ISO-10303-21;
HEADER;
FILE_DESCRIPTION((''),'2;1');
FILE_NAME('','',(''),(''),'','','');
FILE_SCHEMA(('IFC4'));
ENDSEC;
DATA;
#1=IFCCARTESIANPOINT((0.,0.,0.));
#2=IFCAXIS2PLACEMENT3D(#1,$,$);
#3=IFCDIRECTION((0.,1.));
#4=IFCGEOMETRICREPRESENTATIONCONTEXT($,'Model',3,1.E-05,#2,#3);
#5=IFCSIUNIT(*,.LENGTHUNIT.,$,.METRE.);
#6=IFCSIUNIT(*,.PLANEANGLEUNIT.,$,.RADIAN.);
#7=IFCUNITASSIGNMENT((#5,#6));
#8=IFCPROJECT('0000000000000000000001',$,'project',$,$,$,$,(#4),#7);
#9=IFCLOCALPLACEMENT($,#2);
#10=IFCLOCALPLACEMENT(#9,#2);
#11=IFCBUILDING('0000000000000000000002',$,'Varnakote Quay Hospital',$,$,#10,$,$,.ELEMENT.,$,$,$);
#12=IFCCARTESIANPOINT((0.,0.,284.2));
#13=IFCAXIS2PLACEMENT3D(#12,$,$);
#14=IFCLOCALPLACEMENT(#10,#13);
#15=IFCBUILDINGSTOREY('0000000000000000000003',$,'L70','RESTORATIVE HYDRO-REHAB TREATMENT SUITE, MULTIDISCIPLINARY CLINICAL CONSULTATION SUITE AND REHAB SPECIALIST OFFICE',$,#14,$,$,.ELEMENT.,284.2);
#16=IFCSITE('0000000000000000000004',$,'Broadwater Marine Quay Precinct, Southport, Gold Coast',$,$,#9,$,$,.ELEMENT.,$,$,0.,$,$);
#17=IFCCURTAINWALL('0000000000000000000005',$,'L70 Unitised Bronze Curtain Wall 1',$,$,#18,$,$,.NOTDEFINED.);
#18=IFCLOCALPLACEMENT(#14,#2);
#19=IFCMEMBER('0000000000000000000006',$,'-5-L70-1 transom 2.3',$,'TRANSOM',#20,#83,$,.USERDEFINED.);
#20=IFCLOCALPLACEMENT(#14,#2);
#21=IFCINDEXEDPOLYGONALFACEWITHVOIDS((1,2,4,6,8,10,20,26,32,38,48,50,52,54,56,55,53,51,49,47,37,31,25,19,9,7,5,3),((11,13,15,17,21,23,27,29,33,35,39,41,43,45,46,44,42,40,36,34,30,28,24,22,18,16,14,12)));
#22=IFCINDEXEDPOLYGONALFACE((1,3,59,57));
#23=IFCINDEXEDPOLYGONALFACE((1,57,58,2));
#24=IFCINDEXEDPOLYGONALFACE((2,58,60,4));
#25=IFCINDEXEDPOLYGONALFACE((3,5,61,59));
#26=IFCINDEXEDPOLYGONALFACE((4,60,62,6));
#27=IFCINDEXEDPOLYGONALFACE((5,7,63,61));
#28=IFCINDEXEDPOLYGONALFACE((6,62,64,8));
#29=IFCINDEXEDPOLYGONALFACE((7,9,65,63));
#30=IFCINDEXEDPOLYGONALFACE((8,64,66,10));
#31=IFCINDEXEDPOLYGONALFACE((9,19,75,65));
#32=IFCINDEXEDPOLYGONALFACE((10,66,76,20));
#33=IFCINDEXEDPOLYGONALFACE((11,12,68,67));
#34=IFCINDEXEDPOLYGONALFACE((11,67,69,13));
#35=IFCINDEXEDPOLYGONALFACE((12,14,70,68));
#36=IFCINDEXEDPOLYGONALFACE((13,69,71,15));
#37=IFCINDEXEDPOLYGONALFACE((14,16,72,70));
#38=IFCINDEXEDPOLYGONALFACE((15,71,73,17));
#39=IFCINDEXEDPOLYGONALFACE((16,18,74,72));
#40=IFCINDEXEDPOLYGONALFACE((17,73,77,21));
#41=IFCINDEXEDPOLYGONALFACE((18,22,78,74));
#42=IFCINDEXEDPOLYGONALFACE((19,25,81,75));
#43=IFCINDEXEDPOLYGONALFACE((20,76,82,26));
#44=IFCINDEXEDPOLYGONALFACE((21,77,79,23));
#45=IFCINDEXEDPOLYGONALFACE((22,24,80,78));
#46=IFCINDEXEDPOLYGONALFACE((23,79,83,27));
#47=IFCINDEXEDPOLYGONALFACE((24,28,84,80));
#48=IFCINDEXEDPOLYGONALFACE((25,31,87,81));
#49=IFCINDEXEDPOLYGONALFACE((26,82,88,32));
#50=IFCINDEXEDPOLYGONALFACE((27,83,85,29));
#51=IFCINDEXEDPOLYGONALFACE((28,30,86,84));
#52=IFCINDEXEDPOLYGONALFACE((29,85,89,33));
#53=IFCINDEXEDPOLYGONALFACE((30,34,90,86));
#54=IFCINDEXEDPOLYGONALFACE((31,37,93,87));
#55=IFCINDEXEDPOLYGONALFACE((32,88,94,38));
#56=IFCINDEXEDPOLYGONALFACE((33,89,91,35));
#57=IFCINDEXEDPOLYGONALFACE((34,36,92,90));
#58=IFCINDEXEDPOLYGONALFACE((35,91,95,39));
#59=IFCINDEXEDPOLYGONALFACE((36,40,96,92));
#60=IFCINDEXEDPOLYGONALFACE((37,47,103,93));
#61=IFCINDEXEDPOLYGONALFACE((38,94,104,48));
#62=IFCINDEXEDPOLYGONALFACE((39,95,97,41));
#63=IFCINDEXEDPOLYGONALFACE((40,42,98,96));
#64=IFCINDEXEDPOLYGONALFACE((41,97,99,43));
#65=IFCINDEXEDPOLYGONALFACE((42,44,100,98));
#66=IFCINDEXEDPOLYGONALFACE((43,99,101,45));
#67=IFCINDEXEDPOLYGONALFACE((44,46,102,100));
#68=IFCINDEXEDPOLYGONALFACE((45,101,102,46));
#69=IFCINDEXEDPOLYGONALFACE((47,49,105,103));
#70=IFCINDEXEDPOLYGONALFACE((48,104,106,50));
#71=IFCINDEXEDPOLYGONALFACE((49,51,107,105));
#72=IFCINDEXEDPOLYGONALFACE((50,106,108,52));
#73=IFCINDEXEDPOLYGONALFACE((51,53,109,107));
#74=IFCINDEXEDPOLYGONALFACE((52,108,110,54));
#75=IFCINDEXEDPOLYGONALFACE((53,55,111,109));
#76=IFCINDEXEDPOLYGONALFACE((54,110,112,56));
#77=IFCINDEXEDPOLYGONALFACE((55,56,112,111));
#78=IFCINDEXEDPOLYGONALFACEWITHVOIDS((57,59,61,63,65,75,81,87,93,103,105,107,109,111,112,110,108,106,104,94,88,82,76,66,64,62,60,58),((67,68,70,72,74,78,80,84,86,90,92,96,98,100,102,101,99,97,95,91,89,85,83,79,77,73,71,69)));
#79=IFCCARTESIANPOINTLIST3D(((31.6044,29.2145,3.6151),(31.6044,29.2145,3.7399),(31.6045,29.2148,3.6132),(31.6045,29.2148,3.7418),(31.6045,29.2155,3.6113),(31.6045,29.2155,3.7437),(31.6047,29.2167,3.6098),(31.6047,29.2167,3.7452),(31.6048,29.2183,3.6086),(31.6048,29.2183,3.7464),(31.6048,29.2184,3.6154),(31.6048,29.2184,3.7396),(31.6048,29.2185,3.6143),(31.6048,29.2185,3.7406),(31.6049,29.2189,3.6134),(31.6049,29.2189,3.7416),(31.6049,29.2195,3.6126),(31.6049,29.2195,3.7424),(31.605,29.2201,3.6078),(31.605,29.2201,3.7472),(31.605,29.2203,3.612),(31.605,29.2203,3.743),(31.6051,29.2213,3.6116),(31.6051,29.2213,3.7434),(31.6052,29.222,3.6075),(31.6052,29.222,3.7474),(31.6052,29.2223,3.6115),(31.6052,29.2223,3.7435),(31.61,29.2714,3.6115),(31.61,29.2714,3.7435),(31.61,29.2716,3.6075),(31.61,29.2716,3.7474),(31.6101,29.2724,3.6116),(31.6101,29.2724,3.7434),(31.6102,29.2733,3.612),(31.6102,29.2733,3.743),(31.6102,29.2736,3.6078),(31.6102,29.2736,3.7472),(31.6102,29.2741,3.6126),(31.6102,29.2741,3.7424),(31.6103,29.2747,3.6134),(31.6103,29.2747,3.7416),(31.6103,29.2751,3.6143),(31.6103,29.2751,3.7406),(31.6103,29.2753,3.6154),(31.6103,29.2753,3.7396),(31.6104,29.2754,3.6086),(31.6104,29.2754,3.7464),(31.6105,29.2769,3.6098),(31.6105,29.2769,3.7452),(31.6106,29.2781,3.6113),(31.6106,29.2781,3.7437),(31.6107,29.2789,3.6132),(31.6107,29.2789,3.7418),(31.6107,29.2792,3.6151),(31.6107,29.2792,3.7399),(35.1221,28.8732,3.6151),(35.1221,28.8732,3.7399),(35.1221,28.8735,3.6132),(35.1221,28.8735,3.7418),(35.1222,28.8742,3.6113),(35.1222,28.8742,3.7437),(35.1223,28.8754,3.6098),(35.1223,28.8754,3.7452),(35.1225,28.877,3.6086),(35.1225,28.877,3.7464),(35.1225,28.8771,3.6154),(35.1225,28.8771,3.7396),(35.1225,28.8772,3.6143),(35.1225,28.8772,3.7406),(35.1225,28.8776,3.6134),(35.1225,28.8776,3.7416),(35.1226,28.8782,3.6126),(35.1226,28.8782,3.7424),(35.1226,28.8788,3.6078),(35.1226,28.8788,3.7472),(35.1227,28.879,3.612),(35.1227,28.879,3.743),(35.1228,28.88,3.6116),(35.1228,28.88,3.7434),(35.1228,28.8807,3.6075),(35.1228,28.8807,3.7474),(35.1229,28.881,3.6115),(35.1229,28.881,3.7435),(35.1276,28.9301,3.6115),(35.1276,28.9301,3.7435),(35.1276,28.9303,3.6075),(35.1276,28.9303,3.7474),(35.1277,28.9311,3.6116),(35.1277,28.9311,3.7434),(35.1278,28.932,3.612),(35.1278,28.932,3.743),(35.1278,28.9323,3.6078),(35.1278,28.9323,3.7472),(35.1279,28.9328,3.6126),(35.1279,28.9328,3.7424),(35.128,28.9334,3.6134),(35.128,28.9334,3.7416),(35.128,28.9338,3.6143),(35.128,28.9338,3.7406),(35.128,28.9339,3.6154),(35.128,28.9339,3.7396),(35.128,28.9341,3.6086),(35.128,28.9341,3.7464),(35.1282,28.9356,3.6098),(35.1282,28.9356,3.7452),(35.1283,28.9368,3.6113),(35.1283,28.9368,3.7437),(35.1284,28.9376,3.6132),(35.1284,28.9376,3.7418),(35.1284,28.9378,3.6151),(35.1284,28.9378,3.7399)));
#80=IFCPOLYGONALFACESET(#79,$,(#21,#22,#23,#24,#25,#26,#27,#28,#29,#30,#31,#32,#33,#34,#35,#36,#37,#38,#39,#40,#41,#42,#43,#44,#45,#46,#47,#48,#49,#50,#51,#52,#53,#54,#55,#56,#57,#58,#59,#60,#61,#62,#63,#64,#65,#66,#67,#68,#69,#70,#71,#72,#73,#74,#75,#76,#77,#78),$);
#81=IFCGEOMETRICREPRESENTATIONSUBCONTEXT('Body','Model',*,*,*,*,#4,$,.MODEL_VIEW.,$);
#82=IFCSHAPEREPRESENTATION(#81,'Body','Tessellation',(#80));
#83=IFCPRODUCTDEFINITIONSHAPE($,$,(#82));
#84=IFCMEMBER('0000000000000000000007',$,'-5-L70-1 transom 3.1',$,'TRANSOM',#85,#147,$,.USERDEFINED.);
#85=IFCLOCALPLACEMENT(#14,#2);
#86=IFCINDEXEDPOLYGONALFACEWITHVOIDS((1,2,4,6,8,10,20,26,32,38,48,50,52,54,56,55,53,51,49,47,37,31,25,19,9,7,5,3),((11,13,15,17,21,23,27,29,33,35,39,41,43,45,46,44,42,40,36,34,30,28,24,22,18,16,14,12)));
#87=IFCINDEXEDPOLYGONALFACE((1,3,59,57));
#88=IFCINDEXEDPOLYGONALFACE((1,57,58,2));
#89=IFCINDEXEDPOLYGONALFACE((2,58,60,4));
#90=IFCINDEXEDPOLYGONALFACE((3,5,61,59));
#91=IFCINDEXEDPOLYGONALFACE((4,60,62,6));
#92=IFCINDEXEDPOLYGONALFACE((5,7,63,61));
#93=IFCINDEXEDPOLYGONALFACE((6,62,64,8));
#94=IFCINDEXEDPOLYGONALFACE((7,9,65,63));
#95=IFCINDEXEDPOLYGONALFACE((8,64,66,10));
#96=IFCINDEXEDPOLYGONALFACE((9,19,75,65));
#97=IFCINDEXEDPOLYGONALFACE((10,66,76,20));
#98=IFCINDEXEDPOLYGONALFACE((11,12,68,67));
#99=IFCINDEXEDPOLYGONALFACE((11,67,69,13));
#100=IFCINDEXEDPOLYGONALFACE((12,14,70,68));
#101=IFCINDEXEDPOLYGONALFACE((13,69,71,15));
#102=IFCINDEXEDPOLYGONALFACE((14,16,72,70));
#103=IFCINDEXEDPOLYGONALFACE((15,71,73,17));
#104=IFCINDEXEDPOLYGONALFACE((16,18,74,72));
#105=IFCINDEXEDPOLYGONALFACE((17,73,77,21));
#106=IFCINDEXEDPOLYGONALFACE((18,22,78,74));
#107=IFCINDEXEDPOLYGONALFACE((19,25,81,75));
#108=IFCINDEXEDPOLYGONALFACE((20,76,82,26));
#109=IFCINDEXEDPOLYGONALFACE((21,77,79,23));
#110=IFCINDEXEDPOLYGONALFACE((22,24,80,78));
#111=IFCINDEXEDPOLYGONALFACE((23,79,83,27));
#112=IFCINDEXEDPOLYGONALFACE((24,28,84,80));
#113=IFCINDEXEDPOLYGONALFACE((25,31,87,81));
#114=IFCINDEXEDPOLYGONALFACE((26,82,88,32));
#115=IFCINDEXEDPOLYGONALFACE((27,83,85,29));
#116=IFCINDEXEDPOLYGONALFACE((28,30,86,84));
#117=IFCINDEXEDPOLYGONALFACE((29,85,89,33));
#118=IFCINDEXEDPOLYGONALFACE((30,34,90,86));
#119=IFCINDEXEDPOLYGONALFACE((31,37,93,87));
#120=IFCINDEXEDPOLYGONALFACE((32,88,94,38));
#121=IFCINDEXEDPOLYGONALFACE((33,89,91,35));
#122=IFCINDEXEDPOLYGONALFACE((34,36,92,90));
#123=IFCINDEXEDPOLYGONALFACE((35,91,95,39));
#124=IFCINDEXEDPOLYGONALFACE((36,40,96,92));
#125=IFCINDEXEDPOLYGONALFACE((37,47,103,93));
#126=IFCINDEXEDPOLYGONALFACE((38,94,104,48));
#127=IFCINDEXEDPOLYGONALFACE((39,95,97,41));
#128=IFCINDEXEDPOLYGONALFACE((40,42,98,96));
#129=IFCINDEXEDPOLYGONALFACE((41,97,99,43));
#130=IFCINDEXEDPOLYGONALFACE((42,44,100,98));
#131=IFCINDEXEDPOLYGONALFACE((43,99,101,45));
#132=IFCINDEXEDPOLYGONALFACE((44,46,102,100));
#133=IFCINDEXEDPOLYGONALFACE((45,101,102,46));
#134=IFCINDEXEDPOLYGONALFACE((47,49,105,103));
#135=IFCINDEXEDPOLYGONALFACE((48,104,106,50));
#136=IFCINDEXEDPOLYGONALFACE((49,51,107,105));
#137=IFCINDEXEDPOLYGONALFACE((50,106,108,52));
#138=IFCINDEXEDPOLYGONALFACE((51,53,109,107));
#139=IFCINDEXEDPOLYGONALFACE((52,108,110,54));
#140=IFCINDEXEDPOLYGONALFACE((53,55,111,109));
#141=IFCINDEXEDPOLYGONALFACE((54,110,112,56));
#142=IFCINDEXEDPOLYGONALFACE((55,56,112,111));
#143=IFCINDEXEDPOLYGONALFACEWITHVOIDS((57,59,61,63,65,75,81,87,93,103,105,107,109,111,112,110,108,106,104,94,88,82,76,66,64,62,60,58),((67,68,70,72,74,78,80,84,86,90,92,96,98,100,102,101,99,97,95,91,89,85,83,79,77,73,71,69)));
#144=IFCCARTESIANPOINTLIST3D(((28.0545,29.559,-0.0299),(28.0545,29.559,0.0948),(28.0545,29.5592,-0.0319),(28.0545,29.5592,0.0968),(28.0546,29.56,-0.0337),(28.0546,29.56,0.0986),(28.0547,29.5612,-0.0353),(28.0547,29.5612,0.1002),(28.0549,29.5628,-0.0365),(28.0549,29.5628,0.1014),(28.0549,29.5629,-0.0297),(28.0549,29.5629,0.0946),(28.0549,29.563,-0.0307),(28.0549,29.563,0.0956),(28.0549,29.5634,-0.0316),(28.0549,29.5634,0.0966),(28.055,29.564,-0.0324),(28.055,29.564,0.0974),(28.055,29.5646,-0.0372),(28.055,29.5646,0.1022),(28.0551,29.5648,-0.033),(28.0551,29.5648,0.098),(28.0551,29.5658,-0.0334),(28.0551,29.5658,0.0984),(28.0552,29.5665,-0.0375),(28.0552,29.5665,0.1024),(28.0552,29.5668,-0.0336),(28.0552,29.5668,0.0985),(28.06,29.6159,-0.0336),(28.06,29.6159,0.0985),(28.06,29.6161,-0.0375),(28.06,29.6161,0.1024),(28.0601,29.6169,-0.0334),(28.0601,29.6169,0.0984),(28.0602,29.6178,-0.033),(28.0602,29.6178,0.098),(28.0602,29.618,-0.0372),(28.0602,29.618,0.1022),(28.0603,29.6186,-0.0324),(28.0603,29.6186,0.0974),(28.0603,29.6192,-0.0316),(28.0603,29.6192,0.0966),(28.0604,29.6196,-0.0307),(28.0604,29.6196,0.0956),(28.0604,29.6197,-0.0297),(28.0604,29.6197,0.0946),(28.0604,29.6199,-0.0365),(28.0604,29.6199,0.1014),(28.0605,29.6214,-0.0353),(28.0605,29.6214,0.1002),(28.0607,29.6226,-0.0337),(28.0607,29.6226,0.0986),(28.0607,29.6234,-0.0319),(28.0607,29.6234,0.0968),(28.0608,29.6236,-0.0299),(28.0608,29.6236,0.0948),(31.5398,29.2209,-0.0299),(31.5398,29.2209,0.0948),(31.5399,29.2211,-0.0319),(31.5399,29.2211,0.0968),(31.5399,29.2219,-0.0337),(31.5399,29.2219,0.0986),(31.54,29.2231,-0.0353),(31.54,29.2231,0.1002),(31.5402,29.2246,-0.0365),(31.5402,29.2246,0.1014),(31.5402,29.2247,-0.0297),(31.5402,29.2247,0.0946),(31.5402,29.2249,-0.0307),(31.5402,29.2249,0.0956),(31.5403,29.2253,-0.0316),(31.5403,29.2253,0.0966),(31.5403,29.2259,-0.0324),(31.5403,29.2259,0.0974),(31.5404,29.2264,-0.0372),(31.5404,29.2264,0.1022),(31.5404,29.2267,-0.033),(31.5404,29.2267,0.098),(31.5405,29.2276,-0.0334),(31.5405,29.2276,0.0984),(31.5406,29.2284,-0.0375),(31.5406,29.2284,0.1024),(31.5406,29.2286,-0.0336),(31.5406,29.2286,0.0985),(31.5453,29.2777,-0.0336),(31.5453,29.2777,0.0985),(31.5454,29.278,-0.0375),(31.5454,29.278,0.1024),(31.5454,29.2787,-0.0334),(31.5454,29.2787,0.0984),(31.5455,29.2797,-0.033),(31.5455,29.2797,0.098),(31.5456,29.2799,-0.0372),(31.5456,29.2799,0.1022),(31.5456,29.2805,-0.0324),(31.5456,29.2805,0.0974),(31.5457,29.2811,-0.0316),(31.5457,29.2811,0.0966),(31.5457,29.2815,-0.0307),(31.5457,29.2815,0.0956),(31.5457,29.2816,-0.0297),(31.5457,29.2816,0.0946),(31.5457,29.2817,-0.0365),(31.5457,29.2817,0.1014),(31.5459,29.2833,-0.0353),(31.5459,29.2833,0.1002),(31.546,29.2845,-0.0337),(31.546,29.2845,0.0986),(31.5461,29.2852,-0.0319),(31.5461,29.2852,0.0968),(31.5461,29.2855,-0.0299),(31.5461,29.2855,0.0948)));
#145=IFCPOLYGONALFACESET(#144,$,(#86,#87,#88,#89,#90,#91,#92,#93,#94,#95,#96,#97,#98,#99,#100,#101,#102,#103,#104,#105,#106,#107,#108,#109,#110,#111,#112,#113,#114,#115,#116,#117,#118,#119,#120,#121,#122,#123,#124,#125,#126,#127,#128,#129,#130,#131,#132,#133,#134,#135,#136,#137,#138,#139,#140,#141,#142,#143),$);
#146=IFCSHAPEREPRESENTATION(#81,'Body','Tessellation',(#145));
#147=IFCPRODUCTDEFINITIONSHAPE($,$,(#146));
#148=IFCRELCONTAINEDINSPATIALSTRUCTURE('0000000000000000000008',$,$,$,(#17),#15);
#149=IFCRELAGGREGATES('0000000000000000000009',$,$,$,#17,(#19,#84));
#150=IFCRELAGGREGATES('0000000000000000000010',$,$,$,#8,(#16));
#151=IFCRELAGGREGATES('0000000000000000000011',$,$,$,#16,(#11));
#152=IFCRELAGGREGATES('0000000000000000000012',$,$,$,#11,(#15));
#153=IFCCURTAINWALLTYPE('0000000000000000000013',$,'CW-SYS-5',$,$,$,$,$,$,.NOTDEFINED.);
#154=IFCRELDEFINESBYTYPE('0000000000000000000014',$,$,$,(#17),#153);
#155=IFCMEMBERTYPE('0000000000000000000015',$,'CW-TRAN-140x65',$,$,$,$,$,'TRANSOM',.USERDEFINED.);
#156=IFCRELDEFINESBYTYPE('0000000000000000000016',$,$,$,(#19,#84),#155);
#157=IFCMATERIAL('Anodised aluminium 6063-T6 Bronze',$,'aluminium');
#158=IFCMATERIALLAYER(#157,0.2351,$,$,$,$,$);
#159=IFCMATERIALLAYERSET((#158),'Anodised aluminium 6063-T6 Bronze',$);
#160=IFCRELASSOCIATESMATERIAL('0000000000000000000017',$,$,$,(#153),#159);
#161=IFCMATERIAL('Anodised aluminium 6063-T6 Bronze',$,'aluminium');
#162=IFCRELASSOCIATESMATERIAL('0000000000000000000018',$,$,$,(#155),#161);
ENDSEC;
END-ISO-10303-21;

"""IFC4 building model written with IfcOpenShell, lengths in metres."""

from ifc_helpers import new_model, si_unit, direction, frame, origin, origin_2d, place, context, subcontext, project, spatial, hollow_rectangle, extrude, material, layer, layer_set, material_profile, profile_set, type_object, element, aggregate, save


model = new_model("IFC4")

# Units and contexts
model_context = context("Model", 3, precision=1e-05, world=origin(), true_north=direction((0.0, 1.0)))
body_context = subcontext(model_context, "Body", "Model", "MODEL_VIEW")
ifc_project = project(units=[si_unit("LENGTHUNIT", "METRE"), si_unit("PLANEANGLEUNIT", "RADIAN")], contexts=[model_context])

# Site, building, storey
site_placement = place(None, origin())
site = spatial("IfcSite", under=ifc_project, at=site_placement, Name="Broadwater Marine Quay Precinct, Southport, Gold Coast", CompositionType="ELEMENT", RefElevation=0.0)
building_placement = place(site_placement, origin())
building = spatial("IfcBuilding", under=site, at=building_placement, Name="Varnakote Quay Hospital", CompositionType="ELEMENT")
storey_placement = place(building_placement, frame((0.0, 0.0, 284.2)))
storey = spatial("IfcBuildingStorey", under=building, at=storey_placement, Name="L70", Description="RESTORATIVE HYDRO-REHAB TREATMENT SUITE, MULTIDISCIPLINARY CLINICAL CONSULTATION SUITE AND REHAB SPECIALIST OFFICE", CompositionType="ELEMENT", Elevation=284.2)

# Curtain wall, members
ifc_material_1 = material(Name="Anodised aluminium 6063-T6 Bronze", Category="aluminium")
ifc_layer_1 = layer(ifc_material_1, 0.2351)
ifc_layer_set_1 = layer_set([ifc_layer_1], Name="Anodised aluminium 6063-T6 Bronze")
curtain_wall_type = type_object("IfcCurtainWallType", Name="CW-SYS-5", PredefinedType="NOTDEFINED", material=ifc_layer_set_1)
curtain_wall_placement = place(storey_placement, origin())
curtain_wall = element("IfcCurtainWall", 1, at=curtain_wall_placement, inside=storey, type_object=curtain_wall_type, Name="L70 Unitised Bronze Curtain Wall 1", PredefinedType="NOTDEFINED")
ifc_material_2 = material(Name="Anodised aluminium 6063-T6 Bronze", Category="aluminium")
ifc_material_profile_1 = material_profile(ifc_material_2, hollow_rectangle(XDim=0.0649, YDim=0.1399, WallThickness=0.0039, InnerFilletRadius=0.0039, OuterFilletRadius=0.0076, at=origin_2d()), Name="CW-TRAN-140x65")
ifc_profile_set_1 = profile_set([ifc_material_profile_1], Name="Anodised aluminium 6063-T6 Bronze")
member_type_1 = type_object("IfcMemberType", Name="CW-TRAN-140x65", ElementType="TRANSOM", PredefinedType="USERDEFINED", material=ifc_profile_set_1)
member_1_placement = place(storey_placement, frame((35.1252, 28.9055, 3.6775), z_axis=(-0.995326, 0.096576, 0.0), x_axis=(-0.096576, -0.995326, 0.0)))
member_1 = element("IfcMember", 2, at=member_1_placement, type_object=member_type_1, Name="-5-L70-1 transom 2.3", ObjectType="TRANSOM", PredefinedType="USERDEFINED", context=body_context, shape_type="SweptSolid", body=[
    extrude(hollow_rectangle(XDim=0.0649, YDim=0.1399, WallThickness=0.0039, InnerFilletRadius=0.0039, OuterFilletRadius=0.0076, at=origin_2d()), origin(), (0.0, 0.0, 1.0), 3.5342),
])
member_2_placement = place(storey_placement, frame((31.543, 29.2532, 0.0325), z_axis=(-0.995327, 0.096563, 0.0), x_axis=(-0.096563, -0.995327, 0.0)))
member_2 = element("IfcMember", 3, at=member_2_placement, type_object=member_type_1, Name="-5-L70-1 transom 3.1", ObjectType="TRANSOM", PredefinedType="USERDEFINED", context=body_context, shape_type="SweptSolid", body=[
    extrude(hollow_rectangle(XDim=0.0649, YDim=0.1399, WallThickness=0.0039, InnerFilletRadius=0.0039, OuterFilletRadius=0.0076, at=origin_2d()), origin(), (0.0, 0.0, 1.0), 3.5017),
])
aggregate(curtain_wall, [member_1, member_2])

save(model, "model.ifc")
